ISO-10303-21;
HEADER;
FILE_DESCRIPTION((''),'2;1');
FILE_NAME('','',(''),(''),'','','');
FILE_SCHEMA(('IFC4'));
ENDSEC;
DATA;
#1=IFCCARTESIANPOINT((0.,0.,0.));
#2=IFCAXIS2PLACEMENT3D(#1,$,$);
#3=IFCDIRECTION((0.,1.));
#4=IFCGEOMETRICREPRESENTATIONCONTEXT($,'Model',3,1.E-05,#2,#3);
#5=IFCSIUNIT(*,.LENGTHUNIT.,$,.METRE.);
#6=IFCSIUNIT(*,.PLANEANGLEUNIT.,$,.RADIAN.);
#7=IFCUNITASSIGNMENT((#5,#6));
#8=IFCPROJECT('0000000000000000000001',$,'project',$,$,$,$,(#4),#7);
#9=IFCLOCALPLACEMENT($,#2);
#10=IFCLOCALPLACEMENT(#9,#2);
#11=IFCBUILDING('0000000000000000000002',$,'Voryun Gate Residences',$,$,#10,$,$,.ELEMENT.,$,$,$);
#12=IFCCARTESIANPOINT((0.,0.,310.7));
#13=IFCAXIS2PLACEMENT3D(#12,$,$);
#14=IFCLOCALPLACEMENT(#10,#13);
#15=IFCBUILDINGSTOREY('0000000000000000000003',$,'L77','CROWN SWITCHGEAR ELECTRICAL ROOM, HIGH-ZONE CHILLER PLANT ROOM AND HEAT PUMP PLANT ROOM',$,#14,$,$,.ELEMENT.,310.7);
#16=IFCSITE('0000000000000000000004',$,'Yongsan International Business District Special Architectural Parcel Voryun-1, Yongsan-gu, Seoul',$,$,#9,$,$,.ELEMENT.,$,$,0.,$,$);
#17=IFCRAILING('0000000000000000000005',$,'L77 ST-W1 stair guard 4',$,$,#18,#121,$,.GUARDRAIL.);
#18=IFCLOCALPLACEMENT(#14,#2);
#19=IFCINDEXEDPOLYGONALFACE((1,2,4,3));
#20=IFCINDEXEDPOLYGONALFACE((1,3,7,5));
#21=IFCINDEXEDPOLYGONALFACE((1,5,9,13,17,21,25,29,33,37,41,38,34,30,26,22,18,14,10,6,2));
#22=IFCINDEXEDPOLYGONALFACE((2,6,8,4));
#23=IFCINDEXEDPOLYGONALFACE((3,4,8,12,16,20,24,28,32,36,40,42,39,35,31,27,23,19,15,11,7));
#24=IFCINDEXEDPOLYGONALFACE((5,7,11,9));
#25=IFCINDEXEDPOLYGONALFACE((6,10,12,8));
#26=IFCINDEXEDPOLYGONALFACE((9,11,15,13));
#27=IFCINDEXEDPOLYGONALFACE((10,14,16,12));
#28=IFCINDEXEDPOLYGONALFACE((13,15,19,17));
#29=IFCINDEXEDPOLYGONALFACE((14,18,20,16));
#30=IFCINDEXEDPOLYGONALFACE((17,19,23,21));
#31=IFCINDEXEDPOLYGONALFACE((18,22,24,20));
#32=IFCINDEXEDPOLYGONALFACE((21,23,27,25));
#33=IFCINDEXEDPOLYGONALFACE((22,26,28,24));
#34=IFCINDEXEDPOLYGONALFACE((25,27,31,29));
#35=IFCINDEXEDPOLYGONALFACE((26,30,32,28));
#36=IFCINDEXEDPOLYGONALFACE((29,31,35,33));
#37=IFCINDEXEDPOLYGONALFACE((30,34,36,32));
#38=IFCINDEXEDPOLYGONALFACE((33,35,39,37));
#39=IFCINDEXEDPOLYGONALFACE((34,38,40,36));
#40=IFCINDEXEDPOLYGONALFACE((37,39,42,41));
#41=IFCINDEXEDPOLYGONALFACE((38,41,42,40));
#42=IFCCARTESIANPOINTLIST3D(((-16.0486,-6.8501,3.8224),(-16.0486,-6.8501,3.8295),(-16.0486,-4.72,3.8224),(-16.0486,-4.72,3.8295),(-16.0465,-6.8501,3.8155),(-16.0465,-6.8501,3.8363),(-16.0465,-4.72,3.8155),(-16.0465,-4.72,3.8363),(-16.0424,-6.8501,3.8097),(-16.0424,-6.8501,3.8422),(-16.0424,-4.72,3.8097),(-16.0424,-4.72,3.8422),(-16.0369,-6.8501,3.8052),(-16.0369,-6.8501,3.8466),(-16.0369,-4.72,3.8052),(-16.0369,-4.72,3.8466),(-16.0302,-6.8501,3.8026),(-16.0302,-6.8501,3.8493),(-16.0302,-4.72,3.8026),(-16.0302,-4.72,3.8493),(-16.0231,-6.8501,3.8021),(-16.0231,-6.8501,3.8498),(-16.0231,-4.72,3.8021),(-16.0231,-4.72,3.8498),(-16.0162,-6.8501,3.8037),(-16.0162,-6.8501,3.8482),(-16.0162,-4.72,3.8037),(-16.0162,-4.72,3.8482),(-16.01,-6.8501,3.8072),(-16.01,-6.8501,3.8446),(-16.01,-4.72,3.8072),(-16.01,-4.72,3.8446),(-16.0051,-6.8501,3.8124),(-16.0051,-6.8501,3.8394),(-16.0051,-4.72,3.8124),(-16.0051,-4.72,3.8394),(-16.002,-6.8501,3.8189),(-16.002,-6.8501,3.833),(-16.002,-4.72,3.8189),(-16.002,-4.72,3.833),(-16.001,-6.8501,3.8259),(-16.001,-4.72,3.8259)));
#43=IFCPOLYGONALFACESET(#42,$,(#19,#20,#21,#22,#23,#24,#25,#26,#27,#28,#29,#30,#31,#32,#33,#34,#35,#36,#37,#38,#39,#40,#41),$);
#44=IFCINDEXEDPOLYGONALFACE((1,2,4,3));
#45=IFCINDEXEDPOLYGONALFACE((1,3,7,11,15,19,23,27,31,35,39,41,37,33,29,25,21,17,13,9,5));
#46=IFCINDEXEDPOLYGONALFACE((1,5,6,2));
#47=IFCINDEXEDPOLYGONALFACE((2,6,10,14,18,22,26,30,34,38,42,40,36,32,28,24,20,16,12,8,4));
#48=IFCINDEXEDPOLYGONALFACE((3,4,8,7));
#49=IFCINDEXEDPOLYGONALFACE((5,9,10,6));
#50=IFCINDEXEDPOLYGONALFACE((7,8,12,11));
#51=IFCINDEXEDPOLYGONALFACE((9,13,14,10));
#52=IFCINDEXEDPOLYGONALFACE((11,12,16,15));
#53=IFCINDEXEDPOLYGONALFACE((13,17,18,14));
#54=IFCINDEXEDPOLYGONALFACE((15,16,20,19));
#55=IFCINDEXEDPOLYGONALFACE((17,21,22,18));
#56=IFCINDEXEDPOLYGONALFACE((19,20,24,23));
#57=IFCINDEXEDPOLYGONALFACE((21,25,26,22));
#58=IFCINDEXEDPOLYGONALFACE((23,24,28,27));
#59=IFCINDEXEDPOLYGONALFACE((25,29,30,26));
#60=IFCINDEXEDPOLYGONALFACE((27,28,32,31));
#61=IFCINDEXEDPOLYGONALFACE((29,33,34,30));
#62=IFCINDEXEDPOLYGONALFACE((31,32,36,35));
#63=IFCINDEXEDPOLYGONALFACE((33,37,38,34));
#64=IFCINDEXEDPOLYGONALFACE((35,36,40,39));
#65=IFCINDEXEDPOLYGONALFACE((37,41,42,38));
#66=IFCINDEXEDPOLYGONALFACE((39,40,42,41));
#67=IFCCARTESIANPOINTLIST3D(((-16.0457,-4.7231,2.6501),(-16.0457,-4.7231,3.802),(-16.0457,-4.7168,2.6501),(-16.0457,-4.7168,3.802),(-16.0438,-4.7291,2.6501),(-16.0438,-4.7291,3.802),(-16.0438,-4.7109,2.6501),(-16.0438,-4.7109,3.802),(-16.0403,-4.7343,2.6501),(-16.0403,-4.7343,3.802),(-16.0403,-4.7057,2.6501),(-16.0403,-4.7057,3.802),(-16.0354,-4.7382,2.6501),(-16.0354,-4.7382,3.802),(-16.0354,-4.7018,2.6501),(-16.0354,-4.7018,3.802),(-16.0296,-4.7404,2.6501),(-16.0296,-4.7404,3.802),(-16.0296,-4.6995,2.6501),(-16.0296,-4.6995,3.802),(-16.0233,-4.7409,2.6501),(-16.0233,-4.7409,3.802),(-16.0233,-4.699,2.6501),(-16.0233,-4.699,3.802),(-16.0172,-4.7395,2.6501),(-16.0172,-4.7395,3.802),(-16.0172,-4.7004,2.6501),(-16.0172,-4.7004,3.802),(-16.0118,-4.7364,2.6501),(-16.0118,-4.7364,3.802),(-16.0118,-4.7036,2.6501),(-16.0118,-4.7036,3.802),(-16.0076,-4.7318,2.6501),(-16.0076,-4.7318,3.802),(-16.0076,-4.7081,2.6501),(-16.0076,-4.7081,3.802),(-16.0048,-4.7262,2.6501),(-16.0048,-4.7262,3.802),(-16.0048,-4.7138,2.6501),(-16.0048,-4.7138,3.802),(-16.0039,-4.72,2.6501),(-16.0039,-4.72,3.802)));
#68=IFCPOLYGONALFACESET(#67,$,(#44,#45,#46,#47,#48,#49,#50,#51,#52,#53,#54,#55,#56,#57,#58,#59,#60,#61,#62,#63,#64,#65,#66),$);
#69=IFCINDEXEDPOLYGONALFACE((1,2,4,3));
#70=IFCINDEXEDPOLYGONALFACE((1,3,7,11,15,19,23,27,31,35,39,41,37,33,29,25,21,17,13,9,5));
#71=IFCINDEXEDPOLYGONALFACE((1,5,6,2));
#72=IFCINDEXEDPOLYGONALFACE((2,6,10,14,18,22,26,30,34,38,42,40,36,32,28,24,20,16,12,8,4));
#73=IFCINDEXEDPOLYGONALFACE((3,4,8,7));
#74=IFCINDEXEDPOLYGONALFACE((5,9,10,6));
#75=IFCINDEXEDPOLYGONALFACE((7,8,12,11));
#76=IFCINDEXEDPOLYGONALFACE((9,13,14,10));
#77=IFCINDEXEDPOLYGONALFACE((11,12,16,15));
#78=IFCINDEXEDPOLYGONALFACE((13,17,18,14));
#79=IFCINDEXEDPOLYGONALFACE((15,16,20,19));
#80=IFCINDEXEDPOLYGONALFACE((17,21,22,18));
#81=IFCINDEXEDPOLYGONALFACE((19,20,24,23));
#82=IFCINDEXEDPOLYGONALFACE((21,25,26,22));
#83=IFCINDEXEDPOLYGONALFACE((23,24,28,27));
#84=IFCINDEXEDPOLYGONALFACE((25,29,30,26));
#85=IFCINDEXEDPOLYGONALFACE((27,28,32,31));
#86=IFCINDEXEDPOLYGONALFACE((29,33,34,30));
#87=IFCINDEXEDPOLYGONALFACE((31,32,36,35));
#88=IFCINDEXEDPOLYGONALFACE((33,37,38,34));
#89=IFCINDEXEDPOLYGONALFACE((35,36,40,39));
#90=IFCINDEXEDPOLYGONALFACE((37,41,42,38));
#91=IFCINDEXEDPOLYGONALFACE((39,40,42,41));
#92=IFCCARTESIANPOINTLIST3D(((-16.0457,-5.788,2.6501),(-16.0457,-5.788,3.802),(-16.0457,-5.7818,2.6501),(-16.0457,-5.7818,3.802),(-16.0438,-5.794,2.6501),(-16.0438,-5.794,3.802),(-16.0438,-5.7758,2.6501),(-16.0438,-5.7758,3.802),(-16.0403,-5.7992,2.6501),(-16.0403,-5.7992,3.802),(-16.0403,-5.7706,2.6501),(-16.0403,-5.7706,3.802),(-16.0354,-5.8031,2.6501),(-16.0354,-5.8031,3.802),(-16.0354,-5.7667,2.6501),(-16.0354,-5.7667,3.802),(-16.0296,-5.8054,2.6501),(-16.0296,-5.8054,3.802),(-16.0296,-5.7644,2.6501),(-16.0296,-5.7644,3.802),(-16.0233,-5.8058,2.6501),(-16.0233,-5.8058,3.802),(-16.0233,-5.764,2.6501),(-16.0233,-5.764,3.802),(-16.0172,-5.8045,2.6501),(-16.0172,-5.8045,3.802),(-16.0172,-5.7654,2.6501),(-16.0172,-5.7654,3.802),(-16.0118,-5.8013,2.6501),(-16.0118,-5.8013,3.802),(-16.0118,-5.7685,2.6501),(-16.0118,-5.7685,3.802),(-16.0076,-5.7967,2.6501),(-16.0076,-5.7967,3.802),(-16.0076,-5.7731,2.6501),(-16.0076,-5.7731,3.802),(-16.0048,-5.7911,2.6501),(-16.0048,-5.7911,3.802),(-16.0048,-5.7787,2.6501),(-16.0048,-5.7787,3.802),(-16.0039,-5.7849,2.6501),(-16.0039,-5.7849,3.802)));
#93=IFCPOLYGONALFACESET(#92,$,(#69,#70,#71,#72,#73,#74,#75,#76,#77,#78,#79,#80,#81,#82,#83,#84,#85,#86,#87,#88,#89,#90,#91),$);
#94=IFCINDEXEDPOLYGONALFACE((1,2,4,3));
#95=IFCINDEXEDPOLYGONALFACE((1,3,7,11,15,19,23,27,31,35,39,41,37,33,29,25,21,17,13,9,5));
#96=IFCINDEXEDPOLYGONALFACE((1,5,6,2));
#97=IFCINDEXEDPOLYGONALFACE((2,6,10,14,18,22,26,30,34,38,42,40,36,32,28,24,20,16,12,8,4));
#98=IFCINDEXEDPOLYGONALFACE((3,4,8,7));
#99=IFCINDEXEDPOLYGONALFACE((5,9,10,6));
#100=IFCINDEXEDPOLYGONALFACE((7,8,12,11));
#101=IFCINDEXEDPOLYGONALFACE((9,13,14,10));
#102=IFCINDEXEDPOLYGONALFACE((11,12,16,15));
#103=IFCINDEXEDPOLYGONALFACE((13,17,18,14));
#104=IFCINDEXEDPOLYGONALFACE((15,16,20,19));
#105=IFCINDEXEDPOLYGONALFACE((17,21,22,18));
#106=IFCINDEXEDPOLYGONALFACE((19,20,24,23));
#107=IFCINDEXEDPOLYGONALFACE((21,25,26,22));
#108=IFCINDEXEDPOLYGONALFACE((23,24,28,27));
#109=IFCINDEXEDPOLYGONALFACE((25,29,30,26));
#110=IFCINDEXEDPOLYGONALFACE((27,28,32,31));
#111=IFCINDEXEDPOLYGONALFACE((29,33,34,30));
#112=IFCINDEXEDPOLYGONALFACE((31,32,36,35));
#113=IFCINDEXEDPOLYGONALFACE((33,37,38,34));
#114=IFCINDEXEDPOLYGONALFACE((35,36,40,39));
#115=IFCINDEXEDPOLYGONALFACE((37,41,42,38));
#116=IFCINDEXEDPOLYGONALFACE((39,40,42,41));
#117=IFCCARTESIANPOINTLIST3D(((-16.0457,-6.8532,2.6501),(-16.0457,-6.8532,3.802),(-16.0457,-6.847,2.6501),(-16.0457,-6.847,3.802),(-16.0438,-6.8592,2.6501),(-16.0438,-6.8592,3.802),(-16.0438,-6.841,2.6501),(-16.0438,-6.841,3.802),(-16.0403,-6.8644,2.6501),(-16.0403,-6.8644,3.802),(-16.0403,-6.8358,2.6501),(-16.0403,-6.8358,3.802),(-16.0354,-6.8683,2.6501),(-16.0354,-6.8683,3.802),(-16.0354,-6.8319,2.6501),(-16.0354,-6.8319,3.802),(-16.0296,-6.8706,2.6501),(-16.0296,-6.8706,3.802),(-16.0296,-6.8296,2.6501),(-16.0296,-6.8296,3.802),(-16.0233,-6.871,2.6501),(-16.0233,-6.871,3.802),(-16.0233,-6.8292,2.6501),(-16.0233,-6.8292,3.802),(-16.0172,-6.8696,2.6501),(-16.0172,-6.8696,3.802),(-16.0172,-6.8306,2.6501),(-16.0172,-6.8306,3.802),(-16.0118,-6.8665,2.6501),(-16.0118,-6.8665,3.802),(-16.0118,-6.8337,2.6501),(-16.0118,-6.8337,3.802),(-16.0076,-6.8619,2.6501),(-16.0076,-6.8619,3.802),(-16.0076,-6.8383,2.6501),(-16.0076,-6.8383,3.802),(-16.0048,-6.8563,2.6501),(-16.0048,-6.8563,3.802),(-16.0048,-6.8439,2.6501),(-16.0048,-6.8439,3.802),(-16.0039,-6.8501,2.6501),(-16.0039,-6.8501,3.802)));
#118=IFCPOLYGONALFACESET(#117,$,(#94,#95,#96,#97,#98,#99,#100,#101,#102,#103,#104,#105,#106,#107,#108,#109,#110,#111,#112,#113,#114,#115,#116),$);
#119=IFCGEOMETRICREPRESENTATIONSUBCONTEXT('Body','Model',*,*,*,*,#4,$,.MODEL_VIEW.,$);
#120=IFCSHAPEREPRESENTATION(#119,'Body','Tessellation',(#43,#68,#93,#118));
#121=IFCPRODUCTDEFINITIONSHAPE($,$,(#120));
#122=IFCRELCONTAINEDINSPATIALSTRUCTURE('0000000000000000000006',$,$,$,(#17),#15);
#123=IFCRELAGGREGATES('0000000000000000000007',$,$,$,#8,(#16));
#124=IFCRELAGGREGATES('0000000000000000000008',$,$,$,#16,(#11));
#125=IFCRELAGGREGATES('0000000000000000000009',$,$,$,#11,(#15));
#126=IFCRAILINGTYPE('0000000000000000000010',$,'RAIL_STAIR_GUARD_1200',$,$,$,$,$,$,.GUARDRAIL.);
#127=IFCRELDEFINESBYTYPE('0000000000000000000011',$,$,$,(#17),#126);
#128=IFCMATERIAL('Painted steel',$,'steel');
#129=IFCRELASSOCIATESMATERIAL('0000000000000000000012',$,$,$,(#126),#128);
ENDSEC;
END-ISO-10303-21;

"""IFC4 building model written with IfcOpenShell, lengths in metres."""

from ifc_helpers import new_model, si_unit, direction, frame, origin, origin_2d, place, context, subcontext, project, spatial, circle, extrude, material, type_object, element, save


model = new_model("IFC4")

# Units and contexts
model_context = context("Model", 3, precision=1e-05, world=origin(), true_north=direction((0.0, 1.0)))
body_context = subcontext(model_context, "Body", "Model", "MODEL_VIEW")
ifc_project = project(units=[si_unit("LENGTHUNIT", "METRE"), si_unit("PLANEANGLEUNIT", "RADIAN")], contexts=[model_context])

# Site, building, storey
site_placement = place(None, origin())
site = spatial("IfcSite", under=ifc_project, at=site_placement, Name="Yongsan International Business District Special Architectural Parcel Voryun-1, Yongsan-gu, Seoul", CompositionType="ELEMENT", RefElevation=0.0)
building_placement = place(site_placement, origin())
building = spatial("IfcBuilding", under=site, at=building_placement, Name="Voryun Gate Residences", CompositionType="ELEMENT")
storey_placement = place(building_placement, frame((0.0, 0.0, 310.7)))
storey = spatial("IfcBuildingStorey", under=building, at=storey_placement, Name="L77", Description="CROWN SWITCHGEAR ELECTRICAL ROOM, HIGH-ZONE CHILLER PLANT ROOM AND HEAT PUMP PLANT ROOM", CompositionType="ELEMENT", Elevation=310.7)

# Railing
ifc_material_1 = material(Name="Painted steel", Category="steel")
railing_type_1 = type_object("IfcRailingType", Name="RAIL_STAIR_GUARD_1200", PredefinedType="GUARDRAIL", material=ifc_material_1)
for number, where, name in (
    (1, (-16.0249, -4.72, 2.6501), "L77 ST-W1 stair guard 4"),
):
    element("IfcRailing", number, at=place(storey_placement, frame(where)), inside=storey, type_object=railing_type_1, Name=name, PredefinedType="GUARDRAIL", context=body_context, shape_type="SweptSolid", body=[
        extrude(circle(Radius=0.0239, at=origin_2d()), frame((0.0, 0.0, 1.1758), z_axis=(0.0, -1.0, 0.0), x_axis=(1.0, 0.0, 0.0)), (0.0, 0.0, 1.0), 2.1301),
        extrude(circle(Radius=0.021, at=origin_2d()), origin(), (0.0, 0.0, 1.0), 1.1519),
        extrude(circle(Radius=0.021, at=origin_2d()), frame((0.0, -1.0649, 0.0)), (0.0, 0.0, 1.0), 1.1519),
        extrude(circle(Radius=0.021, at=origin_2d()), frame((0.0, -2.1301, 0.0)), (0.0, 0.0, 1.0), 1.1519),
    ])

save(model, "model.ifc")
